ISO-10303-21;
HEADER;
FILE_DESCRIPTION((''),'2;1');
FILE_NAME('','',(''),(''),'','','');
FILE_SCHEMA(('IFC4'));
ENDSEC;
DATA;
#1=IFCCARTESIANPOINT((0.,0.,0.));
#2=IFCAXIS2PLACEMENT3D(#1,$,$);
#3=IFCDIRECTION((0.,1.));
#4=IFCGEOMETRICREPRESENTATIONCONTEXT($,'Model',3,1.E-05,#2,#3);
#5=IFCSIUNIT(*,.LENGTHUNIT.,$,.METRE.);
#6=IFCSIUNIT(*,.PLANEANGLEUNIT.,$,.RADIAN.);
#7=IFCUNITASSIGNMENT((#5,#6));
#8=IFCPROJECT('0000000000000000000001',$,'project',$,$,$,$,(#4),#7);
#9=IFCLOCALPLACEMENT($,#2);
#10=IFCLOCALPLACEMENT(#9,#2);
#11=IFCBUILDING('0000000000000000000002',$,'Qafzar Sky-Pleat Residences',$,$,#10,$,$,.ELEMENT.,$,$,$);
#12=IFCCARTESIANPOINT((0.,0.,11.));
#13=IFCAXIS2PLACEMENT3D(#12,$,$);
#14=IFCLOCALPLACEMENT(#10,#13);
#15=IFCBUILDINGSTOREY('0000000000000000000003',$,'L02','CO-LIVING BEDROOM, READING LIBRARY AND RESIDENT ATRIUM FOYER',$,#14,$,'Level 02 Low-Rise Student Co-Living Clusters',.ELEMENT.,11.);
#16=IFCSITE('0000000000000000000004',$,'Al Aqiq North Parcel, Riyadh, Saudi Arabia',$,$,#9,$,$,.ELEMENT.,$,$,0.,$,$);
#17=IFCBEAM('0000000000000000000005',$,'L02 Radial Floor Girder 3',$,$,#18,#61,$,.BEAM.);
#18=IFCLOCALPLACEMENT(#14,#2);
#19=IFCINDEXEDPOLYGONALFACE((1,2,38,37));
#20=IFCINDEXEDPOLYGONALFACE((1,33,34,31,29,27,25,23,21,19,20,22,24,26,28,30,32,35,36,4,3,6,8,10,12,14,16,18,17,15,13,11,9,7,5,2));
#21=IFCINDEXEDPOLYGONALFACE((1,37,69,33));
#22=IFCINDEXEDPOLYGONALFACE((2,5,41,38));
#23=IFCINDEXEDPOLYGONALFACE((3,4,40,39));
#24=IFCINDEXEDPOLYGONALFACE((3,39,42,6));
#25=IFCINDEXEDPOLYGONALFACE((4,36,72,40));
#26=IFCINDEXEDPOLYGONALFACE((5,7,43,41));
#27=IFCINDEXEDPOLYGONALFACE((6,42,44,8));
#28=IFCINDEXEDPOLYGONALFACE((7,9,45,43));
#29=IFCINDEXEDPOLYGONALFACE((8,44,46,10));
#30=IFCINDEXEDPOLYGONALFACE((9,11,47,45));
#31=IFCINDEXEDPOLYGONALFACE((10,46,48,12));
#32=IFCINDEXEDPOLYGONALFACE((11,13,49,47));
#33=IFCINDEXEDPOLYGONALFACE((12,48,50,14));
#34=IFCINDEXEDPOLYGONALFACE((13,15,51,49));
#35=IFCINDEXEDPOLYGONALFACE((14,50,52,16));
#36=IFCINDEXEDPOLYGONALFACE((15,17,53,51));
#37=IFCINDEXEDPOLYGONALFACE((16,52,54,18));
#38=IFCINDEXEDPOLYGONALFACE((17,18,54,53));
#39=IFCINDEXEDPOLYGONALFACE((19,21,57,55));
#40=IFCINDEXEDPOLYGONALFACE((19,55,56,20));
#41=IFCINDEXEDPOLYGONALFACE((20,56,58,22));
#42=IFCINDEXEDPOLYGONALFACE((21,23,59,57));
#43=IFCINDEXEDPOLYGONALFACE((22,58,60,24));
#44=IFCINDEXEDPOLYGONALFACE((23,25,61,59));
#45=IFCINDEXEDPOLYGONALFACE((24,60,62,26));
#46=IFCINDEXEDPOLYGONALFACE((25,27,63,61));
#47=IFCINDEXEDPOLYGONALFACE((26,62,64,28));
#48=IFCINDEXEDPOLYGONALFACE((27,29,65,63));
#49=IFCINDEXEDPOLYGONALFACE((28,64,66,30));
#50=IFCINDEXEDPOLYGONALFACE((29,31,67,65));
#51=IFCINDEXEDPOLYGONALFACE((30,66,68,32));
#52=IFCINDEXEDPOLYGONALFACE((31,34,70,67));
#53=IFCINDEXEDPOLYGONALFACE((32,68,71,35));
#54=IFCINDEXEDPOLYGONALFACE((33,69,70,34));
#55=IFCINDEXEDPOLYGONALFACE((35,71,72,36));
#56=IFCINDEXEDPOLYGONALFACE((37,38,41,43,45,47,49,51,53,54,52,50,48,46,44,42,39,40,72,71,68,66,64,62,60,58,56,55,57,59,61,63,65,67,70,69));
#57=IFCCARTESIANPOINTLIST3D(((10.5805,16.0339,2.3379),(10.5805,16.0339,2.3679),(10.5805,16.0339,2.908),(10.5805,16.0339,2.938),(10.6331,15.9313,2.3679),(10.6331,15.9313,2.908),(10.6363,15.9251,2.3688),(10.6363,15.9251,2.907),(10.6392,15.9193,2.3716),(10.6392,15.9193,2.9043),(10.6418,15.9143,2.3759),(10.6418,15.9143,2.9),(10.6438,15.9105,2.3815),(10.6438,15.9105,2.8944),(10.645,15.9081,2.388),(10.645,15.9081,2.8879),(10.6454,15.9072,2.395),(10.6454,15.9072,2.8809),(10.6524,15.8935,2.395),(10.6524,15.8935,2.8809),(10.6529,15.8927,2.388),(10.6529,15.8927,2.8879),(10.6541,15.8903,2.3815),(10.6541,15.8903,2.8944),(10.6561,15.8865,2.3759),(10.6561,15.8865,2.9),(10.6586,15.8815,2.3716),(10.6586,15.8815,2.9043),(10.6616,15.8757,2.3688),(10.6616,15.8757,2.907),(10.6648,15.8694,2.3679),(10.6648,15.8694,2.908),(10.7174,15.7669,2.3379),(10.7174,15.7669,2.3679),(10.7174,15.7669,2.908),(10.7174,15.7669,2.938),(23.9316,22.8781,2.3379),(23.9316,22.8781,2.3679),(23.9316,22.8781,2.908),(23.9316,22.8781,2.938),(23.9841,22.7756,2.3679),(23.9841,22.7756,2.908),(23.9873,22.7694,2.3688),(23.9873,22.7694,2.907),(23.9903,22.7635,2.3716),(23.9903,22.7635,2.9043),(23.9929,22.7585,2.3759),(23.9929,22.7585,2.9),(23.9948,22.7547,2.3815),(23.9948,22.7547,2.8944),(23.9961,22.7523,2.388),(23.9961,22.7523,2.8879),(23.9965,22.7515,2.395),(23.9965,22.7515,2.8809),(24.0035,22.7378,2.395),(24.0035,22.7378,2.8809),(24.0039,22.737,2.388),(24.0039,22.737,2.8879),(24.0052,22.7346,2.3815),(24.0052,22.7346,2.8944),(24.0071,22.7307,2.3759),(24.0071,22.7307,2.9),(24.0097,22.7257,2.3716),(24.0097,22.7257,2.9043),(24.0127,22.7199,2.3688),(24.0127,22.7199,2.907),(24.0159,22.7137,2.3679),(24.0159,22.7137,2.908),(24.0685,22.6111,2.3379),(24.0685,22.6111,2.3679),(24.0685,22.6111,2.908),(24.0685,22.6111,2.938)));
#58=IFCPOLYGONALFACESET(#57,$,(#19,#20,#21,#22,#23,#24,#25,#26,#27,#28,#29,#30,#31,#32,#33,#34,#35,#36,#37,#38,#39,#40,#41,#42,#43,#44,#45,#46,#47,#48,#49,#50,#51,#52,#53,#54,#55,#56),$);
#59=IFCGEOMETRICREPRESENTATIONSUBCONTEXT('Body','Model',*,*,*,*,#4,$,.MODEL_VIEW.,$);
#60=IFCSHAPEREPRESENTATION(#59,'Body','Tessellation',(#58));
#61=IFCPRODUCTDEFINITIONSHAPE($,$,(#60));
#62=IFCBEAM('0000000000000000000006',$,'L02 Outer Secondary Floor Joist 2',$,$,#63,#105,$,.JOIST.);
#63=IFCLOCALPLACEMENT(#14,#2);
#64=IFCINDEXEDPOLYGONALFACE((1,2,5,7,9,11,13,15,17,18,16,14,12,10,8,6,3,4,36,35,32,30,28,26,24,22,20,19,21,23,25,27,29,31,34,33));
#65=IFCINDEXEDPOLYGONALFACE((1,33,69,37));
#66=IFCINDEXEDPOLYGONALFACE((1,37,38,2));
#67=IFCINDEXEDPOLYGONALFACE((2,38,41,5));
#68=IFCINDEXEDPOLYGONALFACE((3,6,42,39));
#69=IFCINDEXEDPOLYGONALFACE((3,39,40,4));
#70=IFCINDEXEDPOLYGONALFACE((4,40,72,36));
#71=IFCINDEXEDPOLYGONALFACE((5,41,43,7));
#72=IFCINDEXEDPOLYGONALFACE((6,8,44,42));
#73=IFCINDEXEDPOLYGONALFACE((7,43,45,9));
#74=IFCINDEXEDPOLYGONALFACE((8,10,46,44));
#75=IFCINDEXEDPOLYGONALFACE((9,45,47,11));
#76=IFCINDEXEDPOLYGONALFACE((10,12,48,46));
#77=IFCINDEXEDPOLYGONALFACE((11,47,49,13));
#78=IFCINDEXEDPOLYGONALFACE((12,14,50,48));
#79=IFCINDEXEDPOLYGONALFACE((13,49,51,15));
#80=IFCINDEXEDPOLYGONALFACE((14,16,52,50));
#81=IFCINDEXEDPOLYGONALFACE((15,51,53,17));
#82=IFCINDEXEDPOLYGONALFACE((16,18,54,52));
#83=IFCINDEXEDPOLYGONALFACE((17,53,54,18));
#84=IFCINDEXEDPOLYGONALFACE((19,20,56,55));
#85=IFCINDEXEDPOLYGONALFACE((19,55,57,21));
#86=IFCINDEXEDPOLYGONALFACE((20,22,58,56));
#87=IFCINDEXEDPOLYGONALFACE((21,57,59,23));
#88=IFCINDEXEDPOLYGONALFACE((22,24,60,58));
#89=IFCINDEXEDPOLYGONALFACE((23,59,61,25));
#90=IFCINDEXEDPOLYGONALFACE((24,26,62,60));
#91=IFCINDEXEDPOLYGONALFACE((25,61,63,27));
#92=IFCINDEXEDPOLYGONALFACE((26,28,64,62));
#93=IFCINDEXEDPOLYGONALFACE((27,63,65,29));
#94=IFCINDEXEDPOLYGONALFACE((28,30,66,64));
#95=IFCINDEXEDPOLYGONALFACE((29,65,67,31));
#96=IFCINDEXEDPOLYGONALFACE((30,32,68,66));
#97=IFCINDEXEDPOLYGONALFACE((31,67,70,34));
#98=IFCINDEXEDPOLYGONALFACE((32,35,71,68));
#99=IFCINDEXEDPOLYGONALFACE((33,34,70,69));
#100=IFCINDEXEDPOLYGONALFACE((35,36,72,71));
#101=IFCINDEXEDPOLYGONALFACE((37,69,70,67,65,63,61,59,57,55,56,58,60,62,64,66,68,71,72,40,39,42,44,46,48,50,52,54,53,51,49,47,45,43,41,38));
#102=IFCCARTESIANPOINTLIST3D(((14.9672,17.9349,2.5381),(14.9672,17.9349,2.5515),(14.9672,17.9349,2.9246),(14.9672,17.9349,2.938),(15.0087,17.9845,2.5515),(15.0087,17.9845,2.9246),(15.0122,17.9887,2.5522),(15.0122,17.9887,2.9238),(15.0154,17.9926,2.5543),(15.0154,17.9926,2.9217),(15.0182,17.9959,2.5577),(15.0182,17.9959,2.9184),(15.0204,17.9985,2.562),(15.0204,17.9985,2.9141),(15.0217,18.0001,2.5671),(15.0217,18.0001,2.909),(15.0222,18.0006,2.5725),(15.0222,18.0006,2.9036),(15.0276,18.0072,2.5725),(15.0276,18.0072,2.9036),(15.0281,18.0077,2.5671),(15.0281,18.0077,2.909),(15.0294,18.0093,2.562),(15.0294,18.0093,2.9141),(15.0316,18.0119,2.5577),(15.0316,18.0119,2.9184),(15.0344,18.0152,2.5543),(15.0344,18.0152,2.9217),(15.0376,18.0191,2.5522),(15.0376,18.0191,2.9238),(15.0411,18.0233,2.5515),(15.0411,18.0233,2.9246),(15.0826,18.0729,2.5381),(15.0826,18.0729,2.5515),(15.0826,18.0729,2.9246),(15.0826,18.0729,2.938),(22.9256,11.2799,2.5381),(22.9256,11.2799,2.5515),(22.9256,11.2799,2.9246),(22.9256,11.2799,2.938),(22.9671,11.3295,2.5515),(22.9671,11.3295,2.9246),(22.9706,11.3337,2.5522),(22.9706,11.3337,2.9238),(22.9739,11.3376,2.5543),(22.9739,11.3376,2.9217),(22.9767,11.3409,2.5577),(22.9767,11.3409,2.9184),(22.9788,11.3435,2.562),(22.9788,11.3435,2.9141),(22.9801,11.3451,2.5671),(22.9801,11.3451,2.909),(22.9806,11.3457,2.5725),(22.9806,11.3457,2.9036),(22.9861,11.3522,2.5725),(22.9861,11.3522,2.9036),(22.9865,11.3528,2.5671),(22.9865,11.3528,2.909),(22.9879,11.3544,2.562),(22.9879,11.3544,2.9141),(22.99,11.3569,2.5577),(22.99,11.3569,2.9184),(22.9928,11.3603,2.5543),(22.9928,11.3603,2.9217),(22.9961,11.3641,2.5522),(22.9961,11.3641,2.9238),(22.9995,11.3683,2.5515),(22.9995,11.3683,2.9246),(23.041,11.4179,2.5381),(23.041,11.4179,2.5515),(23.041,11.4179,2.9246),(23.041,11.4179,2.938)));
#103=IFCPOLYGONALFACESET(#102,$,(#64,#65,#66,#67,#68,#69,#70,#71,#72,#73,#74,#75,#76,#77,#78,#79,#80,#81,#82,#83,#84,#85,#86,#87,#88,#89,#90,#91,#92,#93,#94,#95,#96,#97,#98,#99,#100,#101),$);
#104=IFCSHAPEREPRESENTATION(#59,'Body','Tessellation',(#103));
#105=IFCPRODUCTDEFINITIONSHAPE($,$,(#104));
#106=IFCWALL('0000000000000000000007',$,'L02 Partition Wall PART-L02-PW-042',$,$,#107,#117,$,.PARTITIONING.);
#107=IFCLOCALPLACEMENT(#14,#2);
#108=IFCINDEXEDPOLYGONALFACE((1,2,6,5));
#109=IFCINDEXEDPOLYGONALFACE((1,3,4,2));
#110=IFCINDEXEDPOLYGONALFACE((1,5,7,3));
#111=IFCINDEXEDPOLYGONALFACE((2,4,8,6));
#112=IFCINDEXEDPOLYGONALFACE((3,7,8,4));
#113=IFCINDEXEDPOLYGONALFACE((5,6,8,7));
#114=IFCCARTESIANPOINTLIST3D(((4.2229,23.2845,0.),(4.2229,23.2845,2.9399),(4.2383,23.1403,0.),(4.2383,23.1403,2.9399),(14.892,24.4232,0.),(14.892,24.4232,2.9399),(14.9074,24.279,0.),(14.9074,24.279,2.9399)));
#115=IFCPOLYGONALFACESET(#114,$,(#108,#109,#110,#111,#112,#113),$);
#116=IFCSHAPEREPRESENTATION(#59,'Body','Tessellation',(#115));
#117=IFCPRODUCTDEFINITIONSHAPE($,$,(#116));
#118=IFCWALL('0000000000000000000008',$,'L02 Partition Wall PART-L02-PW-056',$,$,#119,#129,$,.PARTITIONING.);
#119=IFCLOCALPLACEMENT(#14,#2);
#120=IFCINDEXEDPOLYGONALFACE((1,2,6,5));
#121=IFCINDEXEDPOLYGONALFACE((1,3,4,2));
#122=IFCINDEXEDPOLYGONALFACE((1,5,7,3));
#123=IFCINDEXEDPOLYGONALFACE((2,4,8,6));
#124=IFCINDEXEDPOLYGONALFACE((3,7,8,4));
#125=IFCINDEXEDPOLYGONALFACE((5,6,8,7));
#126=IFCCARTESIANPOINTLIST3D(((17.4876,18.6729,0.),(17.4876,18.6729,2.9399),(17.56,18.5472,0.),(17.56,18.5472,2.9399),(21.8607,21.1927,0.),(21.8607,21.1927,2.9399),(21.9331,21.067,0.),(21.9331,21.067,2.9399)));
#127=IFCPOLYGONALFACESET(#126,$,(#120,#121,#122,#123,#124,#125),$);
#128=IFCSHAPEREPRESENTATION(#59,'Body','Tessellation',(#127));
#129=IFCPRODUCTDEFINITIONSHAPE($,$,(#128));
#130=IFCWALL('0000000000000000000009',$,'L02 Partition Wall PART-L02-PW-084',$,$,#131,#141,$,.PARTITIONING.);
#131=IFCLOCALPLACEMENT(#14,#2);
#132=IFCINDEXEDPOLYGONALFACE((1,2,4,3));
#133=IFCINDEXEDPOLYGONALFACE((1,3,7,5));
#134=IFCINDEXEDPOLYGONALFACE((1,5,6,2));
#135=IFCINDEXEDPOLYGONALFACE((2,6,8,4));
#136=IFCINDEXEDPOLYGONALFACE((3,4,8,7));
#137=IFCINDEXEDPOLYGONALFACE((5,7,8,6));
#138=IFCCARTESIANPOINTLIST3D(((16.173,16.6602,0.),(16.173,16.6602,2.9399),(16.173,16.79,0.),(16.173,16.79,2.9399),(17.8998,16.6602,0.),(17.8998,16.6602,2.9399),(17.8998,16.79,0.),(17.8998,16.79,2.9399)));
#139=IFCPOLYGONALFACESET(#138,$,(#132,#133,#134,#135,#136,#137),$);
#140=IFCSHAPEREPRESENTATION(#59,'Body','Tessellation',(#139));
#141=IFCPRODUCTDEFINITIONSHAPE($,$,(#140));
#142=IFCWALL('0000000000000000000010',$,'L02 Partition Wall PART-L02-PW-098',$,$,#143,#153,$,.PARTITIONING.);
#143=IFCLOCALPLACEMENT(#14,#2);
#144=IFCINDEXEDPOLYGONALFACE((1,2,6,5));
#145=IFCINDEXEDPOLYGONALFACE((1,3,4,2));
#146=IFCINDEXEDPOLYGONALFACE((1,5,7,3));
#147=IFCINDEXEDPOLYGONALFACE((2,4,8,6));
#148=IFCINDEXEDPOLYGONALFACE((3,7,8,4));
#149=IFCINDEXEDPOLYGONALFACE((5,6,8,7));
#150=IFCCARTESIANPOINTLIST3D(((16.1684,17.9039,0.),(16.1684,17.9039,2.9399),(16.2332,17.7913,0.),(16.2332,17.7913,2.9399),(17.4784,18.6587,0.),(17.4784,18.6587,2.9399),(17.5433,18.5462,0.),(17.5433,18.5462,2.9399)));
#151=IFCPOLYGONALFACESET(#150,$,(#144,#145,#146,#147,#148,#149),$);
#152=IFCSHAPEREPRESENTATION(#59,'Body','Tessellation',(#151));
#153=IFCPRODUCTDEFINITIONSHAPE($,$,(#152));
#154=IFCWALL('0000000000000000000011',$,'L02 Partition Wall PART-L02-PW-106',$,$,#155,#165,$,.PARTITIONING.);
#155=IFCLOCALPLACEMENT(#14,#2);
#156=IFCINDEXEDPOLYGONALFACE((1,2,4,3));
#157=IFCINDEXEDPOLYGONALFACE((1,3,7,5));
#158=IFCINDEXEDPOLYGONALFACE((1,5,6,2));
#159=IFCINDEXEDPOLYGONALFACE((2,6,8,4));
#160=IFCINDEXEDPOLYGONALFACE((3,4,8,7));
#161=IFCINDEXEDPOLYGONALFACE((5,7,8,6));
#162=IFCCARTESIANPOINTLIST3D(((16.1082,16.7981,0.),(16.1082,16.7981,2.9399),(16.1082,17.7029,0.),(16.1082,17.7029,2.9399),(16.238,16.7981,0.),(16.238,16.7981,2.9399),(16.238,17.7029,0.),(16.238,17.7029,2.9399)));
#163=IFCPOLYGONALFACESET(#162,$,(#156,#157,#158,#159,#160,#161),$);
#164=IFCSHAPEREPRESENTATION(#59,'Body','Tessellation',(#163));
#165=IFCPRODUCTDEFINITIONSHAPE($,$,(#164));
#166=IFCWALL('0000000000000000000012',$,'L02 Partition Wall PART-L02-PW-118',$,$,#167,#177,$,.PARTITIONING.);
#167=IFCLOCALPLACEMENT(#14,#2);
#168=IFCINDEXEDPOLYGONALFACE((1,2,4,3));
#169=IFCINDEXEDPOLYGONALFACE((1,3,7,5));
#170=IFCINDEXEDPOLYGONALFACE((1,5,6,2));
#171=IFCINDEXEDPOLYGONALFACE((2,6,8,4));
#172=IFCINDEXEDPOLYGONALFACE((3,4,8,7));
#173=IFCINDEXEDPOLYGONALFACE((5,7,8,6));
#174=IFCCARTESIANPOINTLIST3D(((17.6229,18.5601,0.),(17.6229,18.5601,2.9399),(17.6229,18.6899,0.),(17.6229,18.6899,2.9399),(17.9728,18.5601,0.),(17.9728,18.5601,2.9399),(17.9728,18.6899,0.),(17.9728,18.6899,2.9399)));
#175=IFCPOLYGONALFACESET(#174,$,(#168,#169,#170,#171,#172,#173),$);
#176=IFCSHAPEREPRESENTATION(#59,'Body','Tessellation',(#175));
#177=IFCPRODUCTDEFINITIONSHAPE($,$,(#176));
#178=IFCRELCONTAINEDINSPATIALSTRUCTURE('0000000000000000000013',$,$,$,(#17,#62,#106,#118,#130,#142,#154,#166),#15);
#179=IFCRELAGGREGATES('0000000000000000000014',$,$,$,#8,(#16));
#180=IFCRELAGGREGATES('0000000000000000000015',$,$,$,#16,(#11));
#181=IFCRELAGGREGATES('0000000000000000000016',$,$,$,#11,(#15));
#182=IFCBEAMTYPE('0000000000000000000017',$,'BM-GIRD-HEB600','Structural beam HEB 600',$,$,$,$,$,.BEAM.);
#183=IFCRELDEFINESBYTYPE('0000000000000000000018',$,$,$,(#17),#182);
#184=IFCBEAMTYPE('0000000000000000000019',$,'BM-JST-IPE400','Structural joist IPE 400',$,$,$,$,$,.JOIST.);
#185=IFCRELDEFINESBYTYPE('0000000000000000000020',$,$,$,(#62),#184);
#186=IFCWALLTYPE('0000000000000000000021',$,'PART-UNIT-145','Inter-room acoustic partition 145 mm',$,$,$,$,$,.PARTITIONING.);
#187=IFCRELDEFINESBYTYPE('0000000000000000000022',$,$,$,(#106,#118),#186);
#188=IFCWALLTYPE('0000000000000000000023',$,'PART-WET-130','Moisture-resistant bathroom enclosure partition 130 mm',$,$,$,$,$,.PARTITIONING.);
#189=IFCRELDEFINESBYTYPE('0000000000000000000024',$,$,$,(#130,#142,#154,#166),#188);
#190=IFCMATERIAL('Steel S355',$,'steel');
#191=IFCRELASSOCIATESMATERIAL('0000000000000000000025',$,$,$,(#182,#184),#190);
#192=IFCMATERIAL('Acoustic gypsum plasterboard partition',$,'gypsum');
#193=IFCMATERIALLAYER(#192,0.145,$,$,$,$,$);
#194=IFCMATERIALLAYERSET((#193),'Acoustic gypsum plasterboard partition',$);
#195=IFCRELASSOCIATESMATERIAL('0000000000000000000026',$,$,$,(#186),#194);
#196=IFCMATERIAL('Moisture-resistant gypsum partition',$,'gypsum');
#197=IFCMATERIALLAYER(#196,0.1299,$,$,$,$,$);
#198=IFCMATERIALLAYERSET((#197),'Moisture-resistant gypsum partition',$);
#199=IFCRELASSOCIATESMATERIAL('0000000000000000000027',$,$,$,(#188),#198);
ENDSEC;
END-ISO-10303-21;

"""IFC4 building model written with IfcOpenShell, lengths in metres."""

from ifc_helpers import new_model, si_unit, direction, frame, frame_2d, origin, origin_2d, place, context, subcontext, project, spatial, rectangle, i_section, extrude, source, transform, mapped, material, layer, layer_set, material_profile, profile_set, type_object, element, save


model = new_model("IFC4")

# Units and contexts
model_context = context("Model", 3, precision=1e-05, world=origin(), true_north=direction((0.0, 1.0)))
body_context = subcontext(model_context, "Body", "Model", "MODEL_VIEW")
ifc_project = project(units=[si_unit("LENGTHUNIT", "METRE"), si_unit("PLANEANGLEUNIT", "RADIAN")], contexts=[model_context])

# Site, building, storey
site_placement = place(None, origin())
site = spatial("IfcSite", under=ifc_project, at=site_placement, Name="Al Aqiq North Parcel, Riyadh, Saudi Arabia", CompositionType="ELEMENT", RefElevation=0.0)
building_placement = place(site_placement, origin())
building = spatial("IfcBuilding", under=site, at=building_placement, Name="Qafzar Sky-Pleat Residences", CompositionType="ELEMENT")
storey_placement = place(building_placement, frame((0.0, 0.0, 11.0)))
storey = spatial("IfcBuildingStorey", under=building, at=storey_placement, Name="L02", Description="CO-LIVING BEDROOM, READING LIBRARY AND RESIDENT ATRIUM FOYER", LongName="Level 02 Low-Rise Student Co-Living Clusters", CompositionType="ELEMENT", Elevation=11.0)

# Beams
ifc_material_1 = material(Name="Steel S355", Category="steel")
ifc_material_profile_1 = material_profile(ifc_material_1, i_section(OverallWidth=0.3, OverallDepth=0.6001, WebThickness=0.0154, FlangeThickness=0.03, FilletRadius=0.0271, at=origin_2d()), Name="HEB 600")
ifc_profile_set_1 = profile_set([ifc_material_profile_1], Name="Steel S355")
beam_type_1 = type_object("IfcBeamType", Name="BM-GIRD-HEB600", Description="Structural beam HEB 600", PredefinedType="BEAM", material=ifc_profile_set_1)
shared_shape_1 = source(origin(), body_context, "Body", "SweptSolid", [
    extrude(i_section(OverallWidth=0.3, OverallDepth=0.6001, WebThickness=0.0154, FlangeThickness=0.03, FilletRadius=0.0271, at=origin_2d()), origin(), (0.0, 0.0, 1.0), 15.0032),
])
beam_1_placement = place(storey_placement, frame((10.6489, 15.9004, 2.6379), z_axis=(0.889884, 0.456186, 0.0), x_axis=(-0.456186, 0.889884, 0.0)))
element("IfcBeam", 1, at=beam_1_placement, inside=storey, type_object=beam_type_1, Name="L02 Radial Floor Girder 3", PredefinedType="BEAM", context=body_context, shape_type="MappedRepresentation", body=[
    mapped(shared_shape_1, transform((0.0, 0.0, 0.0), x_axis=(1.0, 0.0, 0.0), y_axis=(0.0, 1.0, 0.0), z_axis=(0.0, 0.0, 1.0), scale=1.0)),
])
ifc_material_profile_2 = material_profile(ifc_material_1, i_section(OverallWidth=0.1799, OverallDepth=0.3999, WebThickness=0.0085, FlangeThickness=0.0134, FilletRadius=0.021, at=origin_2d()), Name="IPE 400")
ifc_profile_set_2 = profile_set([ifc_material_profile_2], Name="Steel S355")
beam_type_2 = type_object("IfcBeamType", Name="BM-JST-IPE400", Description="Structural joist IPE 400", PredefinedType="JOIST", material=ifc_profile_set_2)
shared_shape_2 = source(origin(), body_context, "Body", "SweptSolid", [
    extrude(i_section(OverallWidth=0.1799, OverallDepth=0.3999, WebThickness=0.0085, FlangeThickness=0.0134, FilletRadius=0.021, at=origin_2d()), origin(), (0.0, 0.0, 1.0), 10.3743),
])
beam_2_placement = place(storey_placement, frame((15.0249, 18.0039, 2.738), z_axis=(0.767132, -0.641489, 0.0), x_axis=(0.641489, 0.767132, 0.0)))
element("IfcBeam", 2, at=beam_2_placement, inside=storey, type_object=beam_type_2, Name="L02 Outer Secondary Floor Joist 2", PredefinedType="JOIST", context=body_context, shape_type="MappedRepresentation", body=[
    mapped(shared_shape_2, transform((0.0, 0.0, 0.0), x_axis=(1.0, 0.0, 0.0), y_axis=(0.0, 1.0, 0.0), z_axis=(0.0, 0.0, 1.0), scale=1.0)),
])

# Walls
ifc_material_2 = material(Name="Acoustic gypsum plasterboard partition", Category="gypsum")
ifc_layer_1 = layer(ifc_material_2, 0.145)
ifc_layer_set_1 = layer_set([ifc_layer_1], Name="Acoustic gypsum plasterboard partition")
wall_type_1 = type_object("IfcWallType", Name="PART-UNIT-145", Description="Inter-room acoustic partition 145 mm", PredefinedType="PARTITIONING", material=ifc_layer_set_1)
wall_1_placement = place(storey_placement, frame((4.2307, 23.2124, 0.0), z_axis=(0.0, 0.0, 1.0), x_axis=(0.994353, 0.106123, 0.0)))
element("IfcWall", 3, at=wall_1_placement, inside=storey, type_object=wall_type_1, Name="L02 Partition Wall PART-L02-PW-042", PredefinedType="PARTITIONING", context=body_context, shape_type="SweptSolid", body=[
    extrude(rectangle(XDim=10.7297, YDim=0.145, at=frame_2d((5.3647, 0.0))), origin(), (0.0, 0.0, 1.0), 2.9399),
])
wall_2_placement = place(storey_placement, frame((17.5239, 18.6101, 0.0), z_axis=(0.0, 0.0, 1.0), x_axis=(0.866454, 0.499256, 0.0)))
element("IfcWall", 4, at=wall_2_placement, inside=storey, type_object=wall_type_1, Name="L02 Partition Wall PART-L02-PW-056", PredefinedType="PARTITIONING", context=body_context, shape_type="SweptSolid", body=[
    extrude(rectangle(XDim=5.0471, YDim=0.145, at=frame_2d((2.5234, 0.0))), origin(), (0.0, 0.0, 1.0), 2.9399),
])
ifc_material_3 = material(Name="Moisture-resistant gypsum partition", Category="gypsum")
ifc_layer_2 = layer(ifc_material_3, 0.1299)
ifc_layer_set_2 = layer_set([ifc_layer_2], Name="Moisture-resistant gypsum partition")
wall_type_2 = type_object("IfcWallType", Name="PART-WET-130", Description="Moisture-resistant bathroom enclosure partition 130 mm", PredefinedType="PARTITIONING", material=ifc_layer_set_2)
wall_3_placement = place(storey_placement, frame((16.1731, 16.7251, 0.0), z_axis=(0.0, 0.0, 1.0), x_axis=(1.0, 0.0, 0.0)))
element("IfcWall", 5, at=wall_3_placement, inside=storey, type_object=wall_type_2, Name="L02 Partition Wall PART-L02-PW-084", PredefinedType="PARTITIONING", context=body_context, shape_type="SweptSolid", body=[
    extrude(rectangle(XDim=1.7268, YDim=0.1299, at=frame_2d((0.8633, 0.0))), origin(), (0.0, 0.0, 1.0), 2.9399),
])
wall_4_placement = place(storey_placement, frame((16.2009, 17.8477, 0.0), z_axis=(0.0, 0.0, 1.0), x_axis=(0.866449, 0.499266, 0.0)))
element("IfcWall", 6, at=wall_4_placement, inside=storey, type_object=wall_type_2, Name="L02 Partition Wall PART-L02-PW-098", PredefinedType="PARTITIONING", context=body_context, shape_type="SweptSolid", body=[
    extrude(rectangle(XDim=1.512, YDim=0.1299, at=frame_2d((0.7559, 0.0))), origin(), (0.0, 0.0, 1.0), 2.9399),
])
wall_5_placement = place(storey_placement, frame((16.1731, 16.7981, 0.0), z_axis=(0.0, 0.0, 1.0), x_axis=(0.0, 1.0, 0.0)))
element("IfcWall", 7, at=wall_5_placement, inside=storey, type_object=wall_type_2, Name="L02 Partition Wall PART-L02-PW-106", PredefinedType="PARTITIONING", context=body_context, shape_type="SweptSolid", body=[
    extrude(rectangle(XDim=0.9048, YDim=0.1299, at=frame_2d((0.4524, 0.0))), origin(), (0.0, 0.0, 1.0), 2.9399),
])
wall_6_placement = place(storey_placement, frame((17.623, 18.625, 0.0), z_axis=(0.0, 0.0, 1.0), x_axis=(1.0, 0.0, 0.0)))
element("IfcWall", 8, at=wall_6_placement, inside=storey, type_object=wall_type_2, Name="L02 Partition Wall PART-L02-PW-118", PredefinedType="PARTITIONING", context=body_context, shape_type="SweptSolid", body=[
    extrude(rectangle(XDim=0.3499, YDim=0.1299, at=frame_2d((0.1748, 0.0))), origin(), (0.0, 0.0, 1.0), 2.9399),
])

save(model, "model.ifc")
